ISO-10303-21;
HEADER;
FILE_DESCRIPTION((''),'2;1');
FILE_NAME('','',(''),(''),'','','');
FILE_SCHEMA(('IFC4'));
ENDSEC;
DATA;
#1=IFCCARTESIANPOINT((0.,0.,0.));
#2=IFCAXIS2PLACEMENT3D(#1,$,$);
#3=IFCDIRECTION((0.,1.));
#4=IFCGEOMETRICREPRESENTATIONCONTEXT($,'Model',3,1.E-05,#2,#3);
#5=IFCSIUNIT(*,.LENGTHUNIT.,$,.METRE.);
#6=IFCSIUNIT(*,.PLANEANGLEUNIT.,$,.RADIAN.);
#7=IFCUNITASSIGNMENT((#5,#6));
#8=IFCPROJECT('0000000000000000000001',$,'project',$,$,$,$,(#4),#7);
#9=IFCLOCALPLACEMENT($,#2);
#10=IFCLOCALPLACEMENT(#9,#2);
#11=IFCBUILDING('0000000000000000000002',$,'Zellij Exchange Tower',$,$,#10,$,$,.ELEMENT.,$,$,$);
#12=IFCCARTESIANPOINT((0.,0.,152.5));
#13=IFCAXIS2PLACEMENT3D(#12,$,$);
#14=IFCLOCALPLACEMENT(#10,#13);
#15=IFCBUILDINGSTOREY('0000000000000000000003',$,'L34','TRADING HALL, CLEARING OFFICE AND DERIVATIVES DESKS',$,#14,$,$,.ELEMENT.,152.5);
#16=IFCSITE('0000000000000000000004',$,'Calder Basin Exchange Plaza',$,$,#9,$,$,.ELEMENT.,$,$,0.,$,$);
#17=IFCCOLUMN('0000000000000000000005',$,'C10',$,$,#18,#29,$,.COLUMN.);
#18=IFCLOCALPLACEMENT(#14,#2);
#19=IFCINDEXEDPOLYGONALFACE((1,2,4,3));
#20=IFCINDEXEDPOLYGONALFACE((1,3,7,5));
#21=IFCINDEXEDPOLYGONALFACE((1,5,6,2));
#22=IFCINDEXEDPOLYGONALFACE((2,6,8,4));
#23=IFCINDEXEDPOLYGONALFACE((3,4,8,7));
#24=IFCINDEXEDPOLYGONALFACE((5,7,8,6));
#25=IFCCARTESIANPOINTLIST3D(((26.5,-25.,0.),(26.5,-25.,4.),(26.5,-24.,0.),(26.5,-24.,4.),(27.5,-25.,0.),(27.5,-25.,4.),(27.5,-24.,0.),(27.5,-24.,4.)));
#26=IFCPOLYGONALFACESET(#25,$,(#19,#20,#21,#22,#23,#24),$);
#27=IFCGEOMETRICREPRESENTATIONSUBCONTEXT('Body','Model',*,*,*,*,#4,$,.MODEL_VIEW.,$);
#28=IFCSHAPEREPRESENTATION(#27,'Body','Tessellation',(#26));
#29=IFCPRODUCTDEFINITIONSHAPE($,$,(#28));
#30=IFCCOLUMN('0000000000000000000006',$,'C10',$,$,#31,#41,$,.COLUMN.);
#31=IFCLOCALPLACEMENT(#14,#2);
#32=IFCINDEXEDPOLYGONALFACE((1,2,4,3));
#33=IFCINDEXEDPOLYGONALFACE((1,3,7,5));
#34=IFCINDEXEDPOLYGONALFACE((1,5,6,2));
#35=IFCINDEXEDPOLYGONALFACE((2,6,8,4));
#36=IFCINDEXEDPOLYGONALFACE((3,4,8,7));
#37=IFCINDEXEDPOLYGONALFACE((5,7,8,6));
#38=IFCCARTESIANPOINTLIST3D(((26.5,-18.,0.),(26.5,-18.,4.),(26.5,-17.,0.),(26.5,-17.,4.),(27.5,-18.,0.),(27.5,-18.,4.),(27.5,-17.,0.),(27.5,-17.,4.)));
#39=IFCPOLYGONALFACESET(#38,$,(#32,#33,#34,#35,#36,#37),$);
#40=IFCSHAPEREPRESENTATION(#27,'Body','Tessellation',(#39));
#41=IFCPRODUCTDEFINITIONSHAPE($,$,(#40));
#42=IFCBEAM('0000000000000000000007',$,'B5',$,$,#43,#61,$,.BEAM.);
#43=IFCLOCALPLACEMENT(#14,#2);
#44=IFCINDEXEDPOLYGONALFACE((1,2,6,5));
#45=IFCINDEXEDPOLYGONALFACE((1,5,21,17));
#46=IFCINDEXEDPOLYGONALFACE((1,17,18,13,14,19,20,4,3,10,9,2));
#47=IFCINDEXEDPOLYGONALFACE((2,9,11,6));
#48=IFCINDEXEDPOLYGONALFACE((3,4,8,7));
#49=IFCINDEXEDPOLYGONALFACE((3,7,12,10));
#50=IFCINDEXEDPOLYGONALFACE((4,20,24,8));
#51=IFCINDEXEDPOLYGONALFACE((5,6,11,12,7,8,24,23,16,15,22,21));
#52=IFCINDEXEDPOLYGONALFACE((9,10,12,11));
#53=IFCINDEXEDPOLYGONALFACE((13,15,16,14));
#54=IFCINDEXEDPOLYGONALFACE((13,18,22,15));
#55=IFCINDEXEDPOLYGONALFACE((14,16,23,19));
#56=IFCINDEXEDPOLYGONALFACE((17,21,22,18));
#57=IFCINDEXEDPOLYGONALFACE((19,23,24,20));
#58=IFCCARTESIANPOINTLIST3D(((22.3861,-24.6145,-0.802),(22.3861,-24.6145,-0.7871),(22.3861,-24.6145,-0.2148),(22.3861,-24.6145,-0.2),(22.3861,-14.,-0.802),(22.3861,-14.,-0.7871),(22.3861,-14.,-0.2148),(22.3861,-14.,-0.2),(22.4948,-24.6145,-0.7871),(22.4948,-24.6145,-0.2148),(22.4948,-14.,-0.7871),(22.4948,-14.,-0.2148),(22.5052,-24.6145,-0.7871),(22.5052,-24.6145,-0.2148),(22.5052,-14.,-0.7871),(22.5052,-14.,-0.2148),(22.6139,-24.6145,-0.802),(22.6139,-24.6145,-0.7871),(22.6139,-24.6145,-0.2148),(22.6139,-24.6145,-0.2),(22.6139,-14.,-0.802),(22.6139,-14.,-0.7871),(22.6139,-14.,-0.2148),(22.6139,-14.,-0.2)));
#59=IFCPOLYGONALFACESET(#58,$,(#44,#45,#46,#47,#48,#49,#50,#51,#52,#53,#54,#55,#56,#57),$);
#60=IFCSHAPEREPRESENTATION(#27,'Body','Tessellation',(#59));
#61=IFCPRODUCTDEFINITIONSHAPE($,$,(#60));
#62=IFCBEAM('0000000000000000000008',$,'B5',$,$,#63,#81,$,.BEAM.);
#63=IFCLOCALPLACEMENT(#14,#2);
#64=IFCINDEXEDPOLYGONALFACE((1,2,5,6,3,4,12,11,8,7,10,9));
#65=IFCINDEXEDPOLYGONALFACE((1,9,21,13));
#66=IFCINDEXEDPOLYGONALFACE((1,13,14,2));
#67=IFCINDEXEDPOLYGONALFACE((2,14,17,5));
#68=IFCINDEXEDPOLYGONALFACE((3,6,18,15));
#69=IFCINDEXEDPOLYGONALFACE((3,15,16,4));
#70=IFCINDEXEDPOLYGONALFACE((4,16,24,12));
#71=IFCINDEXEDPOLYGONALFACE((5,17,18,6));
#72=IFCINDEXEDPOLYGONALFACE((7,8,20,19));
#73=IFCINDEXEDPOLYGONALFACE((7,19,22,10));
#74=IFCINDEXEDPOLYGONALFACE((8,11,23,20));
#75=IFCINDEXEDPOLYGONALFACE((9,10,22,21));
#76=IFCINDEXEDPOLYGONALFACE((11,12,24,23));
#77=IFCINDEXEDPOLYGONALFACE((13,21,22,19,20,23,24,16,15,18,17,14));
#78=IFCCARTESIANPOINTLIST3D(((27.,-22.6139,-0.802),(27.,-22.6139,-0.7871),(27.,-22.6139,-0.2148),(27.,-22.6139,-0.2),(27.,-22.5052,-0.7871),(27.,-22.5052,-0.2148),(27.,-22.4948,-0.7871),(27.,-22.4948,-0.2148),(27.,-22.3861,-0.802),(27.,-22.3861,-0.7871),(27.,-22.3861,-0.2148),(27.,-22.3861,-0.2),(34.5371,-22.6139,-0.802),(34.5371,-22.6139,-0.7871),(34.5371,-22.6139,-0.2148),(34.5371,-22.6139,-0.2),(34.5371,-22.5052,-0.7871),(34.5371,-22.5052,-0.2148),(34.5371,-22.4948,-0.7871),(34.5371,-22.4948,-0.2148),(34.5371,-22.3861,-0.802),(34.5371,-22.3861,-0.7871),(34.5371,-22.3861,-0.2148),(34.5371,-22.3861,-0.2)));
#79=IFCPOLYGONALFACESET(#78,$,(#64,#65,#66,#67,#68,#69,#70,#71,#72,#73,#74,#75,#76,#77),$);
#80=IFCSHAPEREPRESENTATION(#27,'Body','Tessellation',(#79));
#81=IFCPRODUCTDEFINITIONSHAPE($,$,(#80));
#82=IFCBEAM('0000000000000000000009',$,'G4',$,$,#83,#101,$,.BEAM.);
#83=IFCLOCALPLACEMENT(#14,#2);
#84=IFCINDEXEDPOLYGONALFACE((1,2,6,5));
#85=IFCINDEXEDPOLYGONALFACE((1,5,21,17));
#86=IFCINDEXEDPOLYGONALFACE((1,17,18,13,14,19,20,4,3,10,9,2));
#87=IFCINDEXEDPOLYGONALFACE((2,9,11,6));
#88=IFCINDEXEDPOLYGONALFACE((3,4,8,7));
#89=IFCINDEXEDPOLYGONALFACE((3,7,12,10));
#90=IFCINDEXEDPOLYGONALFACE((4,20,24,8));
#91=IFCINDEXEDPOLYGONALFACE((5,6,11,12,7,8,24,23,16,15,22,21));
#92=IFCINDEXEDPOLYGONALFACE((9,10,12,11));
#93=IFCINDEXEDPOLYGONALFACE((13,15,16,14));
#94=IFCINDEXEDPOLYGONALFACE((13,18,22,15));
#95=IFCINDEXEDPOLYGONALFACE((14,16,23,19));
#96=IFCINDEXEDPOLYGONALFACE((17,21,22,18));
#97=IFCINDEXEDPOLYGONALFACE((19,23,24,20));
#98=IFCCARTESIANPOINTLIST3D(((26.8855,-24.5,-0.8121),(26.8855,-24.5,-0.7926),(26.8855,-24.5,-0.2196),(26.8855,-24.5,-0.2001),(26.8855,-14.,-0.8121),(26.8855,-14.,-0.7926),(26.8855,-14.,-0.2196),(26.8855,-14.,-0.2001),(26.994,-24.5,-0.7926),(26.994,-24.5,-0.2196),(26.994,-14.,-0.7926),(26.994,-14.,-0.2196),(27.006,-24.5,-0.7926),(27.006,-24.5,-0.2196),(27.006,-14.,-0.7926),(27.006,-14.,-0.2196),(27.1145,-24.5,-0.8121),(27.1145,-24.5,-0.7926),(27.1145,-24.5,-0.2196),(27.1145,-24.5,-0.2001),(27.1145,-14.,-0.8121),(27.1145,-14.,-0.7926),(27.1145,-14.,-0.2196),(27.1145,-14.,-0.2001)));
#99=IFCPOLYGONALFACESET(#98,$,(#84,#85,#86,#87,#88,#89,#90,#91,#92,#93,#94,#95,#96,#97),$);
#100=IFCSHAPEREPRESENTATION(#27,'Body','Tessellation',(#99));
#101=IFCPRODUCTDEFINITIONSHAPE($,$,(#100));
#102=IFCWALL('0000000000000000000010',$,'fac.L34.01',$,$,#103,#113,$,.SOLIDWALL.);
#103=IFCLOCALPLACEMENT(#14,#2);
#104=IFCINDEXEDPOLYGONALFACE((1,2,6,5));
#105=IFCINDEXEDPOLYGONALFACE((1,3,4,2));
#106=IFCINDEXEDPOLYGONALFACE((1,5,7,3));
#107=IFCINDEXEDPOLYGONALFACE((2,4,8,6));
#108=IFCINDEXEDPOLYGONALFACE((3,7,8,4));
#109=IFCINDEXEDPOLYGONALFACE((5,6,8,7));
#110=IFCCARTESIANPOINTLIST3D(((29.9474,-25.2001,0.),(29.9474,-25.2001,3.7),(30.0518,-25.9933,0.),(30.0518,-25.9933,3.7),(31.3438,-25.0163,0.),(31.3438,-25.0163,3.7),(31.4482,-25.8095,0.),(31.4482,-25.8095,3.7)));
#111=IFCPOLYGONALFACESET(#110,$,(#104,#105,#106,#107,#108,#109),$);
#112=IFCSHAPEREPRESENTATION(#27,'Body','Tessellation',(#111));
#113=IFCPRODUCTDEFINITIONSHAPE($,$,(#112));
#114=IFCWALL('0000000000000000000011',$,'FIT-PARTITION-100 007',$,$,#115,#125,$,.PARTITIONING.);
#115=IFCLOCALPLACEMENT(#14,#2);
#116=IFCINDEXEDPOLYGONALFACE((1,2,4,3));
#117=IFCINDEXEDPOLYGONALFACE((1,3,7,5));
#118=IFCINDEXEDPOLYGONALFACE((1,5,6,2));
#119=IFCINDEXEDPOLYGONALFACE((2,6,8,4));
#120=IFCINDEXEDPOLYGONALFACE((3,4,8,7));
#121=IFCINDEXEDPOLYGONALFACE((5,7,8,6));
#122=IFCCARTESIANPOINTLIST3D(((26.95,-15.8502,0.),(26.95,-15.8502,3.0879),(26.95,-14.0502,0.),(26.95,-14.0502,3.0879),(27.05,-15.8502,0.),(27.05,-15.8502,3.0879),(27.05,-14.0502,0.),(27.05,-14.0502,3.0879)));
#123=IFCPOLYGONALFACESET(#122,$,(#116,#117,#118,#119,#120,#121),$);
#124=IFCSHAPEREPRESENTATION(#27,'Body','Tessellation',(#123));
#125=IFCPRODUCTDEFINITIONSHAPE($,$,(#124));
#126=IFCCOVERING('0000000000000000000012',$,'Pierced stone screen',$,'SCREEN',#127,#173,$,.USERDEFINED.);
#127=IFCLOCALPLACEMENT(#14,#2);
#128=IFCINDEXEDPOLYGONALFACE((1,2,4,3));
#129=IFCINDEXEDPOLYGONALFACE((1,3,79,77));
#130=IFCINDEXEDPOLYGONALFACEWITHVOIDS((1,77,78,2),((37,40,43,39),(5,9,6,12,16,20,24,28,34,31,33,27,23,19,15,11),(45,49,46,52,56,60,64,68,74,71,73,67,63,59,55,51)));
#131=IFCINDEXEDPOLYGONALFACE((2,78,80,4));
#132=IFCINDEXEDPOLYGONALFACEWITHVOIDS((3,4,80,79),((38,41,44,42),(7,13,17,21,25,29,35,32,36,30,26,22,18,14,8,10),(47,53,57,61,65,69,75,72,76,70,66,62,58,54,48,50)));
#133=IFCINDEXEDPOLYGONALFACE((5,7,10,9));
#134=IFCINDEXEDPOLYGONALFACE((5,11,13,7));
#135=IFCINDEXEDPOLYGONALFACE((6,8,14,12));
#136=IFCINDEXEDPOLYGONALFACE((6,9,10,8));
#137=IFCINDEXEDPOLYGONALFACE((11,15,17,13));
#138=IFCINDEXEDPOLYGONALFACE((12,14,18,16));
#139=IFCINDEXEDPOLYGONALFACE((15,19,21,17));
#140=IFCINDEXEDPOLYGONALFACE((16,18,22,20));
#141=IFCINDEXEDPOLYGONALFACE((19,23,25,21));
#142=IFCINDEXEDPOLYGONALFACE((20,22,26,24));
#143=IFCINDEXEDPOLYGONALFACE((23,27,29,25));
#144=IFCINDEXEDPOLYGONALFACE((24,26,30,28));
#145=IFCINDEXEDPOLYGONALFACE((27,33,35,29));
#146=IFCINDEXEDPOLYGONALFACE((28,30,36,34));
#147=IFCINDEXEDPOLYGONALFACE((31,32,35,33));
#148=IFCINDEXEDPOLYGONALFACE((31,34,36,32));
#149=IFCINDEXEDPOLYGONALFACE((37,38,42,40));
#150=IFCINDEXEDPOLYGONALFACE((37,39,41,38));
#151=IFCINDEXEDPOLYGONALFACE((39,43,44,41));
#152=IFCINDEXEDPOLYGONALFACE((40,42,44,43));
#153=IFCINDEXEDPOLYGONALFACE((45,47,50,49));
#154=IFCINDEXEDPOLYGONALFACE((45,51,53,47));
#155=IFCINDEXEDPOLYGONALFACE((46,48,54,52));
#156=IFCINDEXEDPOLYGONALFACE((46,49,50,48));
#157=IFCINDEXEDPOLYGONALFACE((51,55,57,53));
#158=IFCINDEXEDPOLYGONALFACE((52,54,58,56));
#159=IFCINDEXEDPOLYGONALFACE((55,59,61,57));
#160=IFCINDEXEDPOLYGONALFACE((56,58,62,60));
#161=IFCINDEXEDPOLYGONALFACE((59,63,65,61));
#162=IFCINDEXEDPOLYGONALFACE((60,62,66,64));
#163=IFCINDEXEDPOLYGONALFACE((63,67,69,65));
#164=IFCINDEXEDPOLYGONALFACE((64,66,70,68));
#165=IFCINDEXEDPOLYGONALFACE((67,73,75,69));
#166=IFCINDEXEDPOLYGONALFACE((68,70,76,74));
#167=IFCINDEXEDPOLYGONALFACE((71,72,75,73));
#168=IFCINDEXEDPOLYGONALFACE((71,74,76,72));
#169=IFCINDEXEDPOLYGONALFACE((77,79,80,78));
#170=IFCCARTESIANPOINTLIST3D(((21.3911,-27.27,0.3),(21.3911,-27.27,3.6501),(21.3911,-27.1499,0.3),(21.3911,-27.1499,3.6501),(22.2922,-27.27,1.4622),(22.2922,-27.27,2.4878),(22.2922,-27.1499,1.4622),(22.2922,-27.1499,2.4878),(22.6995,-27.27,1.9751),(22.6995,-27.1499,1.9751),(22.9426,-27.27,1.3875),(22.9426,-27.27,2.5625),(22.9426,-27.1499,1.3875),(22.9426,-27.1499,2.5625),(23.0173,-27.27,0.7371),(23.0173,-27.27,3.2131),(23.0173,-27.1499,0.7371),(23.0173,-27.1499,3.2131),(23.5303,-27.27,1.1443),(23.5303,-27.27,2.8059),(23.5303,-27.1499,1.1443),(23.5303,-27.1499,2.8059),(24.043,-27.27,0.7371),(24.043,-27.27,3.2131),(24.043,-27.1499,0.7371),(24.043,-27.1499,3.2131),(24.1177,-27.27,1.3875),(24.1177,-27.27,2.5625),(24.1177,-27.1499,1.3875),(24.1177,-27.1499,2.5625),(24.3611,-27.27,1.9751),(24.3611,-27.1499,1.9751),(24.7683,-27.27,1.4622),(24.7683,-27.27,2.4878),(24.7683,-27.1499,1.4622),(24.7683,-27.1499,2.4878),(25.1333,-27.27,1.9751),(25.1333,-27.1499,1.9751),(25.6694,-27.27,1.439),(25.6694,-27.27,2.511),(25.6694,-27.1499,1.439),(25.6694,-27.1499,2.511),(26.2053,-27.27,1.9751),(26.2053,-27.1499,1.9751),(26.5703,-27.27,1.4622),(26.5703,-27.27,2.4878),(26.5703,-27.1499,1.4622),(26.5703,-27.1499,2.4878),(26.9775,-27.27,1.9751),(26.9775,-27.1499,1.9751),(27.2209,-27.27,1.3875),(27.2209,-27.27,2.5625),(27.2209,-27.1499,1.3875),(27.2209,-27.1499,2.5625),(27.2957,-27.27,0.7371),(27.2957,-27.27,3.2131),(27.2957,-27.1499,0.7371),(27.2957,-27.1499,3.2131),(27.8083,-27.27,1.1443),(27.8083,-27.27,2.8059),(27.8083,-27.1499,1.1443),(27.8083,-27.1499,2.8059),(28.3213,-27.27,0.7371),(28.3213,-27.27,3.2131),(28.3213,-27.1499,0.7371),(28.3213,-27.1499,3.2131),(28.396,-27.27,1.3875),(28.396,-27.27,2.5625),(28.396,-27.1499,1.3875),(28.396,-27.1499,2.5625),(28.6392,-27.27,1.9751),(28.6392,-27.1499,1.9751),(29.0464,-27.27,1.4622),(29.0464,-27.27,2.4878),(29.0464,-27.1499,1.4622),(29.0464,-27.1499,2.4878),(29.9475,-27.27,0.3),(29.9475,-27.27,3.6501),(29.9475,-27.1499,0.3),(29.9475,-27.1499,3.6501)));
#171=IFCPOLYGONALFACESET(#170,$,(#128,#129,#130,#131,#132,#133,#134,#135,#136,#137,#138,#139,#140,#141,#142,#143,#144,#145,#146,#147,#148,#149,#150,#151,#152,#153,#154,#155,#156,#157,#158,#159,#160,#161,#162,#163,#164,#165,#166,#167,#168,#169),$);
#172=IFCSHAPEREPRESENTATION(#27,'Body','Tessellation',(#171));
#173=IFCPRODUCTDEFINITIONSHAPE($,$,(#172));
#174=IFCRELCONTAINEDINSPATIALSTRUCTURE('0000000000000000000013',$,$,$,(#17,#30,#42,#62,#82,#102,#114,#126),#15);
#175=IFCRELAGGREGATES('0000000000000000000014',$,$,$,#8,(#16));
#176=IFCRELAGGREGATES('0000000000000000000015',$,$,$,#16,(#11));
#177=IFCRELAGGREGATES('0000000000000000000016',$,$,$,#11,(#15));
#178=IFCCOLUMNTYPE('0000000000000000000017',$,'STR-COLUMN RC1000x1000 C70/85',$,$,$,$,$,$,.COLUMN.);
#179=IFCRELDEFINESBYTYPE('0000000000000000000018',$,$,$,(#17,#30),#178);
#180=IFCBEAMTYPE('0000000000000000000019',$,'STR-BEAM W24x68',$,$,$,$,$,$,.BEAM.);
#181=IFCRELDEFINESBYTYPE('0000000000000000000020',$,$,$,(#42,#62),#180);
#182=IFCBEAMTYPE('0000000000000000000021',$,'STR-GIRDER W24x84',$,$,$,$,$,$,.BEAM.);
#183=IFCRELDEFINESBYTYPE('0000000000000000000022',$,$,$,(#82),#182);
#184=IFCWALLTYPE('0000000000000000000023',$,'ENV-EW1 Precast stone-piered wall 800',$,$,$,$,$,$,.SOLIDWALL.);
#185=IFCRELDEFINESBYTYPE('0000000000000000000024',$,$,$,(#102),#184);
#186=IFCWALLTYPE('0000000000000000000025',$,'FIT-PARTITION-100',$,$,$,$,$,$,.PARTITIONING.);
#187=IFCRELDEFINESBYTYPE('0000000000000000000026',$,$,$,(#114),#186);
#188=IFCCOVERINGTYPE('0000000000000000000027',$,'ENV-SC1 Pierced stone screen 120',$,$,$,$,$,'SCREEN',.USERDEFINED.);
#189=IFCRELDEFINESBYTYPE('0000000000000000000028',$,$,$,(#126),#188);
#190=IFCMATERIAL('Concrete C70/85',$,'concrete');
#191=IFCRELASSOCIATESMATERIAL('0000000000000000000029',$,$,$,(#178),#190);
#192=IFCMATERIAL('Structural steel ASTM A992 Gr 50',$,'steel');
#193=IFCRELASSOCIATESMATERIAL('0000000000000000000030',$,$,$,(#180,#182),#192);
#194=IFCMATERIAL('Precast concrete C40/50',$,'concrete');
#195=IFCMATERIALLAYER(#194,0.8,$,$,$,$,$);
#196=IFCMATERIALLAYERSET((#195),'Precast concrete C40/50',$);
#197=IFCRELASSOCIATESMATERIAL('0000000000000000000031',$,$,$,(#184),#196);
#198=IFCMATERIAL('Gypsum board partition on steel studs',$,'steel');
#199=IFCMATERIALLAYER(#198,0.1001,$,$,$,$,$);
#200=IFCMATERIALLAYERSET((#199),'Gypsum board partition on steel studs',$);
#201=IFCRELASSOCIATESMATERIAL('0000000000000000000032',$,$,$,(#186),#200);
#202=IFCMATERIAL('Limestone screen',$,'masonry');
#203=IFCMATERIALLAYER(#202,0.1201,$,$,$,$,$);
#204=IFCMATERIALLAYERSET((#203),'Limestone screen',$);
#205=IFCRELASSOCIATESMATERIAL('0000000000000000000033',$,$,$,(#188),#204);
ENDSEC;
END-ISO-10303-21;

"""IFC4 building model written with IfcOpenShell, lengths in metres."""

from ifc_helpers import new_model, si_unit, direction, frame, frame_2d, origin, origin_2d, place, context, subcontext, project, spatial, polyline, rectangle, i_section, outline, extrude, material, layer, layer_set, material_profile, profile_set, type_object, element, save


model = new_model("IFC4")

# Units and contexts
model_context = context("Model", 3, precision=1e-05, world=origin(), true_north=direction((0.0, 1.0)))
body_context = subcontext(model_context, "Body", "Model", "MODEL_VIEW")
ifc_project = project(units=[si_unit("LENGTHUNIT", "METRE"), si_unit("PLANEANGLEUNIT", "RADIAN")], contexts=[model_context])

# Site, building, storey
site_placement = place(None, origin())
site = spatial("IfcSite", under=ifc_project, at=site_placement, Name="Calder Basin Exchange Plaza", CompositionType="ELEMENT", RefElevation=0.0)
building_placement = place(site_placement, origin())
building = spatial("IfcBuilding", under=site, at=building_placement, Name="Zellij Exchange Tower", CompositionType="ELEMENT")
storey_placement = place(building_placement, frame((0.0, 0.0, 152.5)))
storey = spatial("IfcBuildingStorey", under=building, at=storey_placement, Name="L34", Description="TRADING HALL, CLEARING OFFICE AND DERIVATIVES DESKS", CompositionType="ELEMENT", Elevation=152.5)

# Columns
ifc_material_1 = material(Name="Concrete C70/85", Category="concrete")
ifc_material_profile_1 = material_profile(ifc_material_1, rectangle(XDim=1.0, YDim=1.0, at=origin_2d()), Name="STR-COLUMN RC1000x1000 C70/85")
ifc_profile_set_1 = profile_set([ifc_material_profile_1], Name="Concrete C70/85")
column_type = type_object("IfcColumnType", Name="STR-COLUMN RC1000x1000 C70/85", PredefinedType="COLUMN", material=ifc_profile_set_1)
for number, where, z_axis, x_axis, name in (
    (1, (27.0, -24.5, 0.0), (0.0, 0.0, 1.0), (1.0, 0.0, 0.0), "C10"),
    (2, (27.0, -17.5, 0.0), (0.0, 0.0, 1.0), (1.0, 0.0, 0.0), "C10"),
):
    element("IfcColumn", number, at=place(storey_placement, frame(where, z_axis=z_axis, x_axis=x_axis)), inside=storey, type_object=column_type, Name=name, PredefinedType="COLUMN", context=body_context, shape_type="SweptSolid", body=[
        extrude(rectangle(XDim=1.0, YDim=1.0, at=origin_2d()), origin(), (0.0, 0.0, 1.0), 4.0),
    ])

# Beams
ifc_material_2 = material(Name="Structural steel ASTM A992 Gr 50", Category="steel")
ifc_material_profile_2 = material_profile(ifc_material_2, i_section(OverallWidth=0.2278, OverallDepth=0.6021, WebThickness=0.0105, FlangeThickness=0.0149, at=origin_2d()), Name="W24x68")
ifc_profile_set_2 = profile_set([ifc_material_profile_2], Name="Structural steel ASTM A992 Gr 50")
beam_type_1 = type_object("IfcBeamType", Name="STR-BEAM W24x68", PredefinedType="BEAM", material=ifc_profile_set_2)
beam_1_placement = place(storey_placement, frame((22.5, -24.6145, -0.501), z_axis=(0.0, 1.0, 0.0), x_axis=(-1.0, 0.0, 0.0)))
element("IfcBeam", 3, at=beam_1_placement, inside=storey, type_object=beam_type_1, Name="B5", PredefinedType="BEAM", context=body_context, shape_type="SweptSolid", body=[
    extrude(i_section(OverallWidth=0.2278, OverallDepth=0.6021, WebThickness=0.0105, FlangeThickness=0.0149, at=origin_2d()), origin(), (0.0, 0.0, 1.0), 10.6145),
])
beam_2_placement = place(storey_placement, frame((27.0, -22.5, -0.501), z_axis=(1.0, 0.0, 0.0), x_axis=(0.0, 1.0, 0.0)))
element("IfcBeam", 4, at=beam_2_placement, inside=storey, type_object=beam_type_1, Name="B5", PredefinedType="BEAM", context=body_context, shape_type="SweptSolid", body=[
    extrude(i_section(OverallWidth=0.2278, OverallDepth=0.6021, WebThickness=0.0105, FlangeThickness=0.0149, at=origin_2d()), origin(), (0.0, 0.0, 1.0), 7.5371),
])
ifc_material_profile_3 = material_profile(ifc_material_2, i_section(OverallWidth=0.229, OverallDepth=0.6121, WebThickness=0.012, FlangeThickness=0.0195, at=origin_2d()), Name="W24x84")
ifc_profile_set_3 = profile_set([ifc_material_profile_3], Name="Structural steel ASTM A992 Gr 50")
beam_type_2 = type_object("IfcBeamType", Name="STR-GIRDER W24x84", PredefinedType="BEAM", material=ifc_profile_set_3)
beam_3_placement = place(storey_placement, frame((27.0, -24.5, -0.5061), z_axis=(0.0, 1.0, 0.0), x_axis=(-1.0, 0.0, 0.0)))
element("IfcBeam", 5, at=beam_3_placement, inside=storey, type_object=beam_type_2, Name="G4", PredefinedType="BEAM", context=body_context, shape_type="SweptSolid", body=[
    extrude(i_section(OverallWidth=0.229, OverallDepth=0.6121, WebThickness=0.012, FlangeThickness=0.0195, at=origin_2d()), origin(), (0.0, 0.0, 1.0), 10.5),
])

# Walls
ifc_material_3 = material(Name="Precast concrete C40/50", Category="concrete")
ifc_layer_1 = layer(ifc_material_3, 0.8)
ifc_layer_set_1 = layer_set([ifc_layer_1], Name="Precast concrete C40/50")
wall_type_1 = type_object("IfcWallType", Name="ENV-EW1 Precast stone-piered wall 800", PredefinedType="SOLIDWALL", material=ifc_layer_set_1)
wall_1_placement = place(storey_placement, frame((29.9998, -25.5967, 0.0), z_axis=(0.0, 0.0, 1.0), x_axis=(0.991446, 0.130517, 0.0)))
element("IfcWall", 6, at=wall_1_placement, inside=storey, type_object=wall_type_1, Name="fac.L34.01", PredefinedType="SOLIDWALL", context=body_context, shape_type="SweptSolid", body=[
    extrude(rectangle(XDim=1.4084, YDim=0.8, at=frame_2d((0.7041, 0.0))), origin(), (0.0, 0.0, 1.0), 3.7),
])
ifc_material_4 = material(Name="Gypsum board partition on steel studs", Category="steel")
ifc_layer_2 = layer(ifc_material_4, 0.1001)
ifc_layer_set_2 = layer_set([ifc_layer_2], Name="Gypsum board partition on steel studs")
wall_type_2 = type_object("IfcWallType", Name="FIT-PARTITION-100", PredefinedType="PARTITIONING", material=ifc_layer_set_2)
wall_2_placement = place(storey_placement, frame((27.0, -15.8501, 0.0), z_axis=(0.0, 0.0, 1.0), x_axis=(0.0, 1.0, 0.0)))
element("IfcWall", 7, at=wall_2_placement, inside=storey, type_object=wall_type_2, Name="FIT-PARTITION-100 007", PredefinedType="PARTITIONING", context=body_context, shape_type="SweptSolid", body=[
    extrude(rectangle(XDim=1.8, YDim=0.1001, at=frame_2d((0.8999, 0.0))), origin(), (0.0, 0.0, 1.0), 3.0879),
])

# Covering
ifc_material_5 = material(Name="Limestone screen", Category="masonry")
ifc_layer_3 = layer(ifc_material_5, 0.1201)
ifc_layer_set_3 = layer_set([ifc_layer_3], Name="Limestone screen")
covering_type = type_object("IfcCoveringType", Name="ENV-SC1 Pierced stone screen 120", ElementType="SCREEN", PredefinedType="USERDEFINED", material=ifc_layer_set_3)
covering_placement = place(storey_placement, frame((21.3911, -27.21, 0.3), z_axis=(0.0, 0.0, 1.0), x_axis=(1.0, 0.0, 0.0)))
element("IfcCovering", 8, at=covering_placement, inside=storey, type_object=covering_type, Name="Pierced stone screen", ObjectType="SCREEN", PredefinedType="USERDEFINED", context=body_context, shape_type="SweptSolid", body=[
    extrude(outline(polyline([(0.0, 0.0), (8.5564, 0.0), (8.5564, 3.3501), (0.0, 3.3501), (0.0, 0.0)]), holes=[polyline([(3.3772, 2.1877), (2.7266, 2.2625), (2.6519, 2.9131), (2.1392, 2.5059), (1.6262, 2.9131), (1.5515, 2.2625), (0.9011, 2.1877), (1.3083, 1.675), (0.9011, 1.1621), (1.5515, 1.0874), (1.6262, 0.437), (2.1392, 0.8442), (2.6519, 0.437), (2.7266, 1.0874), (3.3772, 1.1621), (2.97, 1.675), (3.3772, 2.1877)]), polyline([(7.6553, 2.1877), (7.0049, 2.2625), (6.9302, 2.9131), (6.4172, 2.5059), (5.9045, 2.9131), (5.8298, 2.2625), (5.1792, 2.1877), (5.5864, 1.675), (5.1792, 1.1621), (5.8298, 1.0874), (5.9045, 0.437), (6.4172, 0.8442), (6.9302, 0.437), (7.0049, 1.0874), (7.6553, 1.1621), (7.248, 1.675), (7.6553, 2.1877)]), polyline([(4.8142, 1.675), (4.2783, 2.2109), (3.7422, 1.675), (4.2783, 1.1389), (4.8142, 1.675)])]), frame((0.0, 0.0601, 0.0), z_axis=(0.0, -1.0, 0.0), x_axis=(1.0, 0.0, 0.0)), (0.0, 0.0, 1.0), 0.1201),
])

save(model, "model.ifc")
